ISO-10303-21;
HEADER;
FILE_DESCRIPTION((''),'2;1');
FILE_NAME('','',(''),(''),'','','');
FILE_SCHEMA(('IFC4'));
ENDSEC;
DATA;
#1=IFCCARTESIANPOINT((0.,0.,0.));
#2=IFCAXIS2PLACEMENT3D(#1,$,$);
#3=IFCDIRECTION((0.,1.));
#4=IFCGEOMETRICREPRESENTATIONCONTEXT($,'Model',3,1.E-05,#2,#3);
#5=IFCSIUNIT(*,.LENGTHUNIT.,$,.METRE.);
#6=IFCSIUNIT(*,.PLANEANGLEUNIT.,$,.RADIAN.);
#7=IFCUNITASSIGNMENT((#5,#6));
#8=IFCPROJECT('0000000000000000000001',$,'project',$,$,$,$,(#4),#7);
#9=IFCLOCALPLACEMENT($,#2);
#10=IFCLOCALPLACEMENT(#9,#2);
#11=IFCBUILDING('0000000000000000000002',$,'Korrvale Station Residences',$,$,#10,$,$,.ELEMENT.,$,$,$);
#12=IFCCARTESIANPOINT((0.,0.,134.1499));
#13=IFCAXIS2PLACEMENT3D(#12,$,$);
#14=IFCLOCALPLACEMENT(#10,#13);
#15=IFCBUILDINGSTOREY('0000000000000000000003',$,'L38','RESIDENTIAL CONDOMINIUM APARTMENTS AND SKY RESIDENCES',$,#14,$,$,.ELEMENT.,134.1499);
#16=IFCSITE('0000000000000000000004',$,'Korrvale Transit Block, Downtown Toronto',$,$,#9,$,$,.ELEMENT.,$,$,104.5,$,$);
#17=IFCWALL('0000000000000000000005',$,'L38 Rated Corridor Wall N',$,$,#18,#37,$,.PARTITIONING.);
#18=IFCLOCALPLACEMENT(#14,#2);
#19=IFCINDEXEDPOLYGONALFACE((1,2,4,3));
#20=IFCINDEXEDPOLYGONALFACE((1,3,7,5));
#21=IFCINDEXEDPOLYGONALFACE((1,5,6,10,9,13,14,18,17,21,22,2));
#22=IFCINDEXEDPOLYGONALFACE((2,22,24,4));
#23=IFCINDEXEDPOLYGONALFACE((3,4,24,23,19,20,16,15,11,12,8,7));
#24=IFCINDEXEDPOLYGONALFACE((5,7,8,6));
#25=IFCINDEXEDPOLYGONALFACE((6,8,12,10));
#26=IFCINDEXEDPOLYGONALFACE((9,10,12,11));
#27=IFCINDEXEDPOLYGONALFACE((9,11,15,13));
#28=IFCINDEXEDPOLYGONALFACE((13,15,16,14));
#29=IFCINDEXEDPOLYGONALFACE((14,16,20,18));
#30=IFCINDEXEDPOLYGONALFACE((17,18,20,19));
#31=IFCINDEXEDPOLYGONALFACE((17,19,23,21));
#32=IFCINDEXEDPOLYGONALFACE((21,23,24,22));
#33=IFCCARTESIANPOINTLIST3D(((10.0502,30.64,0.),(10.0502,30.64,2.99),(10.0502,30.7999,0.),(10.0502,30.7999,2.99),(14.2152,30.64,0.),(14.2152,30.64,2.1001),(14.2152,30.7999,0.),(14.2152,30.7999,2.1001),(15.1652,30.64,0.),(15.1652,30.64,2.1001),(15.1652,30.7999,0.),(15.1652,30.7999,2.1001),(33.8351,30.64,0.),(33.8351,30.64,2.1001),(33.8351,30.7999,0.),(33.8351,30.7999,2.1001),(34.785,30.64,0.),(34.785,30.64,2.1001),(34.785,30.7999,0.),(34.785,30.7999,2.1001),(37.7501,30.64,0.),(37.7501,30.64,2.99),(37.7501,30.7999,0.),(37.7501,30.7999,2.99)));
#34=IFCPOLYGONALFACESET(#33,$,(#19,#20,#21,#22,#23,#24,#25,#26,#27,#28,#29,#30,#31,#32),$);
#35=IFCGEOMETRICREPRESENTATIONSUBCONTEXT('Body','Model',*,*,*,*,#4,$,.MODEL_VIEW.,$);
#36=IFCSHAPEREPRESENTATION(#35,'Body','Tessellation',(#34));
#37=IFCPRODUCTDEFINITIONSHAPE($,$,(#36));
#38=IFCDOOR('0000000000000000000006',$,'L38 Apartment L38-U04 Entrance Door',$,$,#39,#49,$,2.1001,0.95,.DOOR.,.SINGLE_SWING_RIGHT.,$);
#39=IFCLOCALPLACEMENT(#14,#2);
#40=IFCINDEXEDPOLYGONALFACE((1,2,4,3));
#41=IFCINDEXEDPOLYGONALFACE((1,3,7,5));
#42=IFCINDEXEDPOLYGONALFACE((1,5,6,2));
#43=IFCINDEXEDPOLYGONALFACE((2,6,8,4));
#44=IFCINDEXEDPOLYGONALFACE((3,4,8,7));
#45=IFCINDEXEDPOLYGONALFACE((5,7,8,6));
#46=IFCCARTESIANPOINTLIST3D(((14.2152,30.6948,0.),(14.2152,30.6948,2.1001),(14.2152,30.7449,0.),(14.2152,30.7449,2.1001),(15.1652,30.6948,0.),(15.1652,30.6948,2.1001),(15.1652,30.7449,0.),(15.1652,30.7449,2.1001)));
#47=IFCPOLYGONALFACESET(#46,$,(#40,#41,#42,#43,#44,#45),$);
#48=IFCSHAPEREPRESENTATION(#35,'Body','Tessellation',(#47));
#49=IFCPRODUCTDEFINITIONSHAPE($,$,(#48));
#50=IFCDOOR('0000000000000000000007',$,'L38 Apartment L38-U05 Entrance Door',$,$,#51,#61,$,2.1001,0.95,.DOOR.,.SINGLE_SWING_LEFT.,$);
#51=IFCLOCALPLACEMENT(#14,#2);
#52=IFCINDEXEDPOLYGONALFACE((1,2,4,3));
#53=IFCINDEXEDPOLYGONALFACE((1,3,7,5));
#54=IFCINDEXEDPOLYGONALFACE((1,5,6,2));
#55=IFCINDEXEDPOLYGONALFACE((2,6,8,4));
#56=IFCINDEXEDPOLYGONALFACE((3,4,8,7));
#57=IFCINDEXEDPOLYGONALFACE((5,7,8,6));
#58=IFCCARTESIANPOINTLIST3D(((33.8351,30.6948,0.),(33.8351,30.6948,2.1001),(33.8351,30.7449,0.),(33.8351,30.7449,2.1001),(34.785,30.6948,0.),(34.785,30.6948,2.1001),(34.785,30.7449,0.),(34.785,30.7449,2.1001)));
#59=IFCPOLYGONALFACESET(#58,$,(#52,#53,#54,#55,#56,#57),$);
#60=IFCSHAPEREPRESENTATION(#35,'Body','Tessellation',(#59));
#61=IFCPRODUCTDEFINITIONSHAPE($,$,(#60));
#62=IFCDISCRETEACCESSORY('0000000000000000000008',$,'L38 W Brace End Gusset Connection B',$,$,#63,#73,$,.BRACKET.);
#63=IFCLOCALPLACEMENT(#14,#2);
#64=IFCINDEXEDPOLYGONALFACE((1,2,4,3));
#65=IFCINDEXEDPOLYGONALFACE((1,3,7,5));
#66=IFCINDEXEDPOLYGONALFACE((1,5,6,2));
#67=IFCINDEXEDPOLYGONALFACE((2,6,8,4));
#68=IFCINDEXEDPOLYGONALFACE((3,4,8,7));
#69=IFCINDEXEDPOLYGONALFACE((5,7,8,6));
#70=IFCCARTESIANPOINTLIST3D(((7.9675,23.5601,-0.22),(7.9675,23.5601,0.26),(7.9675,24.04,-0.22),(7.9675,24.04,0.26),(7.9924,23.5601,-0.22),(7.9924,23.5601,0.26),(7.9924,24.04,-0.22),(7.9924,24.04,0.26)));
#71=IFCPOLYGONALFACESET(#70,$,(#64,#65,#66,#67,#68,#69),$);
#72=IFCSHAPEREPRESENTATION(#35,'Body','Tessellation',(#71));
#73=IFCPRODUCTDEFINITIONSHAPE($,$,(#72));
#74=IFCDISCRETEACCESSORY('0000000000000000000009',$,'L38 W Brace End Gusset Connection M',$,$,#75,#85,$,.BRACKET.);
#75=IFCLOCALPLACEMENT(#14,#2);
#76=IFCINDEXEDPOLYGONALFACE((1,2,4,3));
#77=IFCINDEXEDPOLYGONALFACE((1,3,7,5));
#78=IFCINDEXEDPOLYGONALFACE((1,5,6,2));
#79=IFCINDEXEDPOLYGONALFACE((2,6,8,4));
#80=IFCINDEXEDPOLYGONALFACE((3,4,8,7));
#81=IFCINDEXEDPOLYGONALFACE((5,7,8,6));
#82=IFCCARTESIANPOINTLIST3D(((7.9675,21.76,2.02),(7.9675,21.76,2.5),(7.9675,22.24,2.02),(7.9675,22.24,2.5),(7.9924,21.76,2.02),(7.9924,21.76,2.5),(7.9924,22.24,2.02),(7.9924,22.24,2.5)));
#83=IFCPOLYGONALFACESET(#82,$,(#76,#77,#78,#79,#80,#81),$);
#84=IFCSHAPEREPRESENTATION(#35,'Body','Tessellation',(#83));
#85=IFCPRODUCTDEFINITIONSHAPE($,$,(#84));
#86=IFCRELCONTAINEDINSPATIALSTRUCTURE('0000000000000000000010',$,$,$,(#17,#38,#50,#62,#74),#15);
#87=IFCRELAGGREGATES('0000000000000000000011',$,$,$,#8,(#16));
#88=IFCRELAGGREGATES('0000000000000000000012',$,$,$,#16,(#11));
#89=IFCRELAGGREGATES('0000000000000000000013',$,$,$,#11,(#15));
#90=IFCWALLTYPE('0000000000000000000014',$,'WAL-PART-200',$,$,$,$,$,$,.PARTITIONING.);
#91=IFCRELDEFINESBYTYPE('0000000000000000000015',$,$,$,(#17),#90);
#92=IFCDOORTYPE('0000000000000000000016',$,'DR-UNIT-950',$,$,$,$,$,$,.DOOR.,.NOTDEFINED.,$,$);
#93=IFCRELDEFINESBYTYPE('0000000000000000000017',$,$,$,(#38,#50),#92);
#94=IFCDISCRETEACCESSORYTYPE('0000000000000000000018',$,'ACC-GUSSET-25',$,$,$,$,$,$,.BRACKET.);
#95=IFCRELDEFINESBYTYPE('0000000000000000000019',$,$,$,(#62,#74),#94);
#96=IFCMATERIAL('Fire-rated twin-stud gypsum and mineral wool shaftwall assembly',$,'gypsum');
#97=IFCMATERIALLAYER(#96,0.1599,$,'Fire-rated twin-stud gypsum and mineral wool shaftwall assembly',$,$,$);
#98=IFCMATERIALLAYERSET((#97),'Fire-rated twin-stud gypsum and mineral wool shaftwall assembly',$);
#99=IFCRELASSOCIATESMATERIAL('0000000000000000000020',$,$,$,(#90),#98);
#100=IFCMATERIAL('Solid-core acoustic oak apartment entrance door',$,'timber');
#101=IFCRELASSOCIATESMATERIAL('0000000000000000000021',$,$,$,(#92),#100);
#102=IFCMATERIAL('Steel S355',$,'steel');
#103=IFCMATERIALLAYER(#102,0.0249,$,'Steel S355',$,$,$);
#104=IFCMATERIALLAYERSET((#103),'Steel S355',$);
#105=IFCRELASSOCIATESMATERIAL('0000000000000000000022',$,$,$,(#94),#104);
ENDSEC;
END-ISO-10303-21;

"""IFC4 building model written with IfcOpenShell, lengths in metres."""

from ifc_helpers import new_model, si_unit, direction, frame, frame_2d, origin, origin_2d, place, context, subcontext, project, spatial, rectangle, extrude, material, layer, layer_set, type_object, element, fill, save


model = new_model("IFC4")

# Units and contexts
model_context = context("Model", 3, precision=1e-05, world=origin(), true_north=direction((0.0, 1.0)))
body_context = subcontext(model_context, "Body", "Model", "MODEL_VIEW")
ifc_project = project(units=[si_unit("LENGTHUNIT", "METRE"), si_unit("PLANEANGLEUNIT", "RADIAN")], contexts=[model_context])

# Site, building, storey
site_placement = place(None, origin())
site = spatial("IfcSite", under=ifc_project, at=site_placement, Name="Korrvale Transit Block, Downtown Toronto", CompositionType="ELEMENT", RefElevation=104.5)
building_placement = place(site_placement, origin())
building = spatial("IfcBuilding", under=site, at=building_placement, Name="Korrvale Station Residences", CompositionType="ELEMENT")
storey_placement = place(building_placement, frame((0.0, 0.0, 134.1499)))
storey = spatial("IfcBuildingStorey", under=building, at=storey_placement, Name="L38", Description="RESIDENTIAL CONDOMINIUM APARTMENTS AND SKY RESIDENCES", CompositionType="ELEMENT", Elevation=134.1499)

# Shared definitions
ifc_material_1 = material(Name="Steel S355", Category="steel")

# Shared definitions
ifc_material_2 = material(Name="Fire-rated twin-stud gypsum and mineral wool shaftwall assembly", Category="gypsum")
ifc_layer_1 = layer(ifc_material_2, 0.1599, Name="Fire-rated twin-stud gypsum and mineral wool shaftwall assembly")
ifc_layer_set_1 = layer_set([ifc_layer_1], Name="Fire-rated twin-stud gypsum and mineral wool shaftwall assembly")
wall_type_1 = type_object("IfcWallType", Name="WAL-PART-200", PredefinedType="PARTITIONING", material=ifc_layer_set_1)

# Wall, openings, doors
wall_1_placement = place(storey_placement, frame((10.05, 30.72, 0.0), z_axis=(0.0, 0.0, 1.0), x_axis=(1.0, 0.0, 0.0)))
wall_1 = element("IfcWall", 1, at=wall_1_placement, inside=storey, type_object=wall_type_1, Name="L38 Rated Corridor Wall N", PredefinedType="PARTITIONING", context=body_context, shape_type="SweptSolid", body=[
    extrude(rectangle(XDim=27.7, YDim=0.1599, at=frame_2d((13.8501, 0.0))), origin(), (0.0, 0.0, 1.0), 2.99),
])
opening_1_placement = place(wall_1_placement, frame((4.165, 0.0, 0.0)))
opening_1 = element("IfcOpeningElement", 2, at=opening_1_placement, cuts=wall_1, PredefinedType="OPENING", context=body_context, shape_type="SweptSolid", body=[
    extrude(rectangle(XDim=0.95, YDim=2.1001, at=frame_2d((0.4751, 1.05))), frame((0.0, 0.0898, 0.0), z_axis=(0.0, -1.0, 0.0), x_axis=(1.0, 0.0, 0.0)), (0.0, 0.0, 1.0), 0.1799),
])
opening_2_placement = place(wall_1_placement, frame((23.7849, 0.0, 0.0)))
opening_2 = element("IfcOpeningElement", 3, at=opening_2_placement, cuts=wall_1, PredefinedType="OPENING", context=body_context, shape_type="SweptSolid", body=[
    extrude(rectangle(XDim=0.95, YDim=2.1001, at=frame_2d((0.4751, 1.05))), frame((0.0, 0.0898, 0.0), z_axis=(0.0, -1.0, 0.0), x_axis=(1.0, 0.0, 0.0)), (0.0, 0.0, 1.0), 0.1799),
])
ifc_material_3 = material(Name="Solid-core acoustic oak apartment entrance door", Category="timber")
door_type_1 = type_object("IfcDoorType", Name="DR-UNIT-950", OperationType="NOTDEFINED", PredefinedType="DOOR", material=ifc_material_3)
door_1_placement = place(opening_1_placement, origin())
door_1 = element("IfcDoor", 4, at=door_1_placement, inside=storey, type_object=door_type_1, Name="L38 Apartment L38-U04 Entrance Door", OperationType="SINGLE_SWING_RIGHT", OverallHeight=2.1001, OverallWidth=0.95, PredefinedType="DOOR", context=body_context, shape_type="SweptSolid", body=[
    extrude(rectangle(XDim=0.95, YDim=2.1001, at=frame_2d((0.4751, 1.05))), frame((0.0, 0.0249, 0.0), z_axis=(0.0, -1.0, 0.0), x_axis=(1.0, 0.0, 0.0)), (0.0, 0.0, 1.0), 0.05),
])
fill(opening_1, door_1)
door_2_placement = place(opening_2_placement, origin())
door_2 = element("IfcDoor", 5, at=door_2_placement, inside=storey, type_object=door_type_1, Name="L38 Apartment L38-U05 Entrance Door", OperationType="SINGLE_SWING_LEFT", OverallHeight=2.1001, OverallWidth=0.95, PredefinedType="DOOR", context=body_context, shape_type="SweptSolid", body=[
    extrude(rectangle(XDim=0.95, YDim=2.1001, at=frame_2d((0.4751, 1.05))), frame((0.0, 0.0249, 0.0), z_axis=(0.0, -1.0, 0.0), x_axis=(1.0, 0.0, 0.0)), (0.0, 0.0, 1.0), 0.05),
])
fill(opening_2, door_2)

# Discrete accessories
ifc_layer_2 = layer(ifc_material_1, 0.0249, Name="Steel S355")
ifc_layer_set_2 = layer_set([ifc_layer_2], Name="Steel S355")
discrete_accessory_type = type_object("IfcDiscreteAccessoryType", Name="ACC-GUSSET-25", PredefinedType="BRACKET", material=ifc_layer_set_2)
for number, where, z_axis, x_axis, name in (
    (6, (7.98, 23.8, -0.22), (0.0, 0.0, 1.0), (0.0, 1.0, 0.0), "L38 W Brace End Gusset Connection B"),
    (7, (7.98, 22.0, 2.02), (0.0, 0.0, 1.0), (0.0, 1.0, 0.0), "L38 W Brace End Gusset Connection M"),
):
    element("IfcDiscreteAccessory", number, at=place(storey_placement, frame(where, z_axis=z_axis, x_axis=x_axis)), inside=storey, type_object=discrete_accessory_type, Name=name, PredefinedType="BRACKET", context=body_context, shape_type="SweptSolid", body=[
        extrude(rectangle(XDim=0.48, YDim=0.0249, at=origin_2d()), origin(), (0.0, 0.0, 1.0), 0.48),
    ])

save(model, "model.ifc")
